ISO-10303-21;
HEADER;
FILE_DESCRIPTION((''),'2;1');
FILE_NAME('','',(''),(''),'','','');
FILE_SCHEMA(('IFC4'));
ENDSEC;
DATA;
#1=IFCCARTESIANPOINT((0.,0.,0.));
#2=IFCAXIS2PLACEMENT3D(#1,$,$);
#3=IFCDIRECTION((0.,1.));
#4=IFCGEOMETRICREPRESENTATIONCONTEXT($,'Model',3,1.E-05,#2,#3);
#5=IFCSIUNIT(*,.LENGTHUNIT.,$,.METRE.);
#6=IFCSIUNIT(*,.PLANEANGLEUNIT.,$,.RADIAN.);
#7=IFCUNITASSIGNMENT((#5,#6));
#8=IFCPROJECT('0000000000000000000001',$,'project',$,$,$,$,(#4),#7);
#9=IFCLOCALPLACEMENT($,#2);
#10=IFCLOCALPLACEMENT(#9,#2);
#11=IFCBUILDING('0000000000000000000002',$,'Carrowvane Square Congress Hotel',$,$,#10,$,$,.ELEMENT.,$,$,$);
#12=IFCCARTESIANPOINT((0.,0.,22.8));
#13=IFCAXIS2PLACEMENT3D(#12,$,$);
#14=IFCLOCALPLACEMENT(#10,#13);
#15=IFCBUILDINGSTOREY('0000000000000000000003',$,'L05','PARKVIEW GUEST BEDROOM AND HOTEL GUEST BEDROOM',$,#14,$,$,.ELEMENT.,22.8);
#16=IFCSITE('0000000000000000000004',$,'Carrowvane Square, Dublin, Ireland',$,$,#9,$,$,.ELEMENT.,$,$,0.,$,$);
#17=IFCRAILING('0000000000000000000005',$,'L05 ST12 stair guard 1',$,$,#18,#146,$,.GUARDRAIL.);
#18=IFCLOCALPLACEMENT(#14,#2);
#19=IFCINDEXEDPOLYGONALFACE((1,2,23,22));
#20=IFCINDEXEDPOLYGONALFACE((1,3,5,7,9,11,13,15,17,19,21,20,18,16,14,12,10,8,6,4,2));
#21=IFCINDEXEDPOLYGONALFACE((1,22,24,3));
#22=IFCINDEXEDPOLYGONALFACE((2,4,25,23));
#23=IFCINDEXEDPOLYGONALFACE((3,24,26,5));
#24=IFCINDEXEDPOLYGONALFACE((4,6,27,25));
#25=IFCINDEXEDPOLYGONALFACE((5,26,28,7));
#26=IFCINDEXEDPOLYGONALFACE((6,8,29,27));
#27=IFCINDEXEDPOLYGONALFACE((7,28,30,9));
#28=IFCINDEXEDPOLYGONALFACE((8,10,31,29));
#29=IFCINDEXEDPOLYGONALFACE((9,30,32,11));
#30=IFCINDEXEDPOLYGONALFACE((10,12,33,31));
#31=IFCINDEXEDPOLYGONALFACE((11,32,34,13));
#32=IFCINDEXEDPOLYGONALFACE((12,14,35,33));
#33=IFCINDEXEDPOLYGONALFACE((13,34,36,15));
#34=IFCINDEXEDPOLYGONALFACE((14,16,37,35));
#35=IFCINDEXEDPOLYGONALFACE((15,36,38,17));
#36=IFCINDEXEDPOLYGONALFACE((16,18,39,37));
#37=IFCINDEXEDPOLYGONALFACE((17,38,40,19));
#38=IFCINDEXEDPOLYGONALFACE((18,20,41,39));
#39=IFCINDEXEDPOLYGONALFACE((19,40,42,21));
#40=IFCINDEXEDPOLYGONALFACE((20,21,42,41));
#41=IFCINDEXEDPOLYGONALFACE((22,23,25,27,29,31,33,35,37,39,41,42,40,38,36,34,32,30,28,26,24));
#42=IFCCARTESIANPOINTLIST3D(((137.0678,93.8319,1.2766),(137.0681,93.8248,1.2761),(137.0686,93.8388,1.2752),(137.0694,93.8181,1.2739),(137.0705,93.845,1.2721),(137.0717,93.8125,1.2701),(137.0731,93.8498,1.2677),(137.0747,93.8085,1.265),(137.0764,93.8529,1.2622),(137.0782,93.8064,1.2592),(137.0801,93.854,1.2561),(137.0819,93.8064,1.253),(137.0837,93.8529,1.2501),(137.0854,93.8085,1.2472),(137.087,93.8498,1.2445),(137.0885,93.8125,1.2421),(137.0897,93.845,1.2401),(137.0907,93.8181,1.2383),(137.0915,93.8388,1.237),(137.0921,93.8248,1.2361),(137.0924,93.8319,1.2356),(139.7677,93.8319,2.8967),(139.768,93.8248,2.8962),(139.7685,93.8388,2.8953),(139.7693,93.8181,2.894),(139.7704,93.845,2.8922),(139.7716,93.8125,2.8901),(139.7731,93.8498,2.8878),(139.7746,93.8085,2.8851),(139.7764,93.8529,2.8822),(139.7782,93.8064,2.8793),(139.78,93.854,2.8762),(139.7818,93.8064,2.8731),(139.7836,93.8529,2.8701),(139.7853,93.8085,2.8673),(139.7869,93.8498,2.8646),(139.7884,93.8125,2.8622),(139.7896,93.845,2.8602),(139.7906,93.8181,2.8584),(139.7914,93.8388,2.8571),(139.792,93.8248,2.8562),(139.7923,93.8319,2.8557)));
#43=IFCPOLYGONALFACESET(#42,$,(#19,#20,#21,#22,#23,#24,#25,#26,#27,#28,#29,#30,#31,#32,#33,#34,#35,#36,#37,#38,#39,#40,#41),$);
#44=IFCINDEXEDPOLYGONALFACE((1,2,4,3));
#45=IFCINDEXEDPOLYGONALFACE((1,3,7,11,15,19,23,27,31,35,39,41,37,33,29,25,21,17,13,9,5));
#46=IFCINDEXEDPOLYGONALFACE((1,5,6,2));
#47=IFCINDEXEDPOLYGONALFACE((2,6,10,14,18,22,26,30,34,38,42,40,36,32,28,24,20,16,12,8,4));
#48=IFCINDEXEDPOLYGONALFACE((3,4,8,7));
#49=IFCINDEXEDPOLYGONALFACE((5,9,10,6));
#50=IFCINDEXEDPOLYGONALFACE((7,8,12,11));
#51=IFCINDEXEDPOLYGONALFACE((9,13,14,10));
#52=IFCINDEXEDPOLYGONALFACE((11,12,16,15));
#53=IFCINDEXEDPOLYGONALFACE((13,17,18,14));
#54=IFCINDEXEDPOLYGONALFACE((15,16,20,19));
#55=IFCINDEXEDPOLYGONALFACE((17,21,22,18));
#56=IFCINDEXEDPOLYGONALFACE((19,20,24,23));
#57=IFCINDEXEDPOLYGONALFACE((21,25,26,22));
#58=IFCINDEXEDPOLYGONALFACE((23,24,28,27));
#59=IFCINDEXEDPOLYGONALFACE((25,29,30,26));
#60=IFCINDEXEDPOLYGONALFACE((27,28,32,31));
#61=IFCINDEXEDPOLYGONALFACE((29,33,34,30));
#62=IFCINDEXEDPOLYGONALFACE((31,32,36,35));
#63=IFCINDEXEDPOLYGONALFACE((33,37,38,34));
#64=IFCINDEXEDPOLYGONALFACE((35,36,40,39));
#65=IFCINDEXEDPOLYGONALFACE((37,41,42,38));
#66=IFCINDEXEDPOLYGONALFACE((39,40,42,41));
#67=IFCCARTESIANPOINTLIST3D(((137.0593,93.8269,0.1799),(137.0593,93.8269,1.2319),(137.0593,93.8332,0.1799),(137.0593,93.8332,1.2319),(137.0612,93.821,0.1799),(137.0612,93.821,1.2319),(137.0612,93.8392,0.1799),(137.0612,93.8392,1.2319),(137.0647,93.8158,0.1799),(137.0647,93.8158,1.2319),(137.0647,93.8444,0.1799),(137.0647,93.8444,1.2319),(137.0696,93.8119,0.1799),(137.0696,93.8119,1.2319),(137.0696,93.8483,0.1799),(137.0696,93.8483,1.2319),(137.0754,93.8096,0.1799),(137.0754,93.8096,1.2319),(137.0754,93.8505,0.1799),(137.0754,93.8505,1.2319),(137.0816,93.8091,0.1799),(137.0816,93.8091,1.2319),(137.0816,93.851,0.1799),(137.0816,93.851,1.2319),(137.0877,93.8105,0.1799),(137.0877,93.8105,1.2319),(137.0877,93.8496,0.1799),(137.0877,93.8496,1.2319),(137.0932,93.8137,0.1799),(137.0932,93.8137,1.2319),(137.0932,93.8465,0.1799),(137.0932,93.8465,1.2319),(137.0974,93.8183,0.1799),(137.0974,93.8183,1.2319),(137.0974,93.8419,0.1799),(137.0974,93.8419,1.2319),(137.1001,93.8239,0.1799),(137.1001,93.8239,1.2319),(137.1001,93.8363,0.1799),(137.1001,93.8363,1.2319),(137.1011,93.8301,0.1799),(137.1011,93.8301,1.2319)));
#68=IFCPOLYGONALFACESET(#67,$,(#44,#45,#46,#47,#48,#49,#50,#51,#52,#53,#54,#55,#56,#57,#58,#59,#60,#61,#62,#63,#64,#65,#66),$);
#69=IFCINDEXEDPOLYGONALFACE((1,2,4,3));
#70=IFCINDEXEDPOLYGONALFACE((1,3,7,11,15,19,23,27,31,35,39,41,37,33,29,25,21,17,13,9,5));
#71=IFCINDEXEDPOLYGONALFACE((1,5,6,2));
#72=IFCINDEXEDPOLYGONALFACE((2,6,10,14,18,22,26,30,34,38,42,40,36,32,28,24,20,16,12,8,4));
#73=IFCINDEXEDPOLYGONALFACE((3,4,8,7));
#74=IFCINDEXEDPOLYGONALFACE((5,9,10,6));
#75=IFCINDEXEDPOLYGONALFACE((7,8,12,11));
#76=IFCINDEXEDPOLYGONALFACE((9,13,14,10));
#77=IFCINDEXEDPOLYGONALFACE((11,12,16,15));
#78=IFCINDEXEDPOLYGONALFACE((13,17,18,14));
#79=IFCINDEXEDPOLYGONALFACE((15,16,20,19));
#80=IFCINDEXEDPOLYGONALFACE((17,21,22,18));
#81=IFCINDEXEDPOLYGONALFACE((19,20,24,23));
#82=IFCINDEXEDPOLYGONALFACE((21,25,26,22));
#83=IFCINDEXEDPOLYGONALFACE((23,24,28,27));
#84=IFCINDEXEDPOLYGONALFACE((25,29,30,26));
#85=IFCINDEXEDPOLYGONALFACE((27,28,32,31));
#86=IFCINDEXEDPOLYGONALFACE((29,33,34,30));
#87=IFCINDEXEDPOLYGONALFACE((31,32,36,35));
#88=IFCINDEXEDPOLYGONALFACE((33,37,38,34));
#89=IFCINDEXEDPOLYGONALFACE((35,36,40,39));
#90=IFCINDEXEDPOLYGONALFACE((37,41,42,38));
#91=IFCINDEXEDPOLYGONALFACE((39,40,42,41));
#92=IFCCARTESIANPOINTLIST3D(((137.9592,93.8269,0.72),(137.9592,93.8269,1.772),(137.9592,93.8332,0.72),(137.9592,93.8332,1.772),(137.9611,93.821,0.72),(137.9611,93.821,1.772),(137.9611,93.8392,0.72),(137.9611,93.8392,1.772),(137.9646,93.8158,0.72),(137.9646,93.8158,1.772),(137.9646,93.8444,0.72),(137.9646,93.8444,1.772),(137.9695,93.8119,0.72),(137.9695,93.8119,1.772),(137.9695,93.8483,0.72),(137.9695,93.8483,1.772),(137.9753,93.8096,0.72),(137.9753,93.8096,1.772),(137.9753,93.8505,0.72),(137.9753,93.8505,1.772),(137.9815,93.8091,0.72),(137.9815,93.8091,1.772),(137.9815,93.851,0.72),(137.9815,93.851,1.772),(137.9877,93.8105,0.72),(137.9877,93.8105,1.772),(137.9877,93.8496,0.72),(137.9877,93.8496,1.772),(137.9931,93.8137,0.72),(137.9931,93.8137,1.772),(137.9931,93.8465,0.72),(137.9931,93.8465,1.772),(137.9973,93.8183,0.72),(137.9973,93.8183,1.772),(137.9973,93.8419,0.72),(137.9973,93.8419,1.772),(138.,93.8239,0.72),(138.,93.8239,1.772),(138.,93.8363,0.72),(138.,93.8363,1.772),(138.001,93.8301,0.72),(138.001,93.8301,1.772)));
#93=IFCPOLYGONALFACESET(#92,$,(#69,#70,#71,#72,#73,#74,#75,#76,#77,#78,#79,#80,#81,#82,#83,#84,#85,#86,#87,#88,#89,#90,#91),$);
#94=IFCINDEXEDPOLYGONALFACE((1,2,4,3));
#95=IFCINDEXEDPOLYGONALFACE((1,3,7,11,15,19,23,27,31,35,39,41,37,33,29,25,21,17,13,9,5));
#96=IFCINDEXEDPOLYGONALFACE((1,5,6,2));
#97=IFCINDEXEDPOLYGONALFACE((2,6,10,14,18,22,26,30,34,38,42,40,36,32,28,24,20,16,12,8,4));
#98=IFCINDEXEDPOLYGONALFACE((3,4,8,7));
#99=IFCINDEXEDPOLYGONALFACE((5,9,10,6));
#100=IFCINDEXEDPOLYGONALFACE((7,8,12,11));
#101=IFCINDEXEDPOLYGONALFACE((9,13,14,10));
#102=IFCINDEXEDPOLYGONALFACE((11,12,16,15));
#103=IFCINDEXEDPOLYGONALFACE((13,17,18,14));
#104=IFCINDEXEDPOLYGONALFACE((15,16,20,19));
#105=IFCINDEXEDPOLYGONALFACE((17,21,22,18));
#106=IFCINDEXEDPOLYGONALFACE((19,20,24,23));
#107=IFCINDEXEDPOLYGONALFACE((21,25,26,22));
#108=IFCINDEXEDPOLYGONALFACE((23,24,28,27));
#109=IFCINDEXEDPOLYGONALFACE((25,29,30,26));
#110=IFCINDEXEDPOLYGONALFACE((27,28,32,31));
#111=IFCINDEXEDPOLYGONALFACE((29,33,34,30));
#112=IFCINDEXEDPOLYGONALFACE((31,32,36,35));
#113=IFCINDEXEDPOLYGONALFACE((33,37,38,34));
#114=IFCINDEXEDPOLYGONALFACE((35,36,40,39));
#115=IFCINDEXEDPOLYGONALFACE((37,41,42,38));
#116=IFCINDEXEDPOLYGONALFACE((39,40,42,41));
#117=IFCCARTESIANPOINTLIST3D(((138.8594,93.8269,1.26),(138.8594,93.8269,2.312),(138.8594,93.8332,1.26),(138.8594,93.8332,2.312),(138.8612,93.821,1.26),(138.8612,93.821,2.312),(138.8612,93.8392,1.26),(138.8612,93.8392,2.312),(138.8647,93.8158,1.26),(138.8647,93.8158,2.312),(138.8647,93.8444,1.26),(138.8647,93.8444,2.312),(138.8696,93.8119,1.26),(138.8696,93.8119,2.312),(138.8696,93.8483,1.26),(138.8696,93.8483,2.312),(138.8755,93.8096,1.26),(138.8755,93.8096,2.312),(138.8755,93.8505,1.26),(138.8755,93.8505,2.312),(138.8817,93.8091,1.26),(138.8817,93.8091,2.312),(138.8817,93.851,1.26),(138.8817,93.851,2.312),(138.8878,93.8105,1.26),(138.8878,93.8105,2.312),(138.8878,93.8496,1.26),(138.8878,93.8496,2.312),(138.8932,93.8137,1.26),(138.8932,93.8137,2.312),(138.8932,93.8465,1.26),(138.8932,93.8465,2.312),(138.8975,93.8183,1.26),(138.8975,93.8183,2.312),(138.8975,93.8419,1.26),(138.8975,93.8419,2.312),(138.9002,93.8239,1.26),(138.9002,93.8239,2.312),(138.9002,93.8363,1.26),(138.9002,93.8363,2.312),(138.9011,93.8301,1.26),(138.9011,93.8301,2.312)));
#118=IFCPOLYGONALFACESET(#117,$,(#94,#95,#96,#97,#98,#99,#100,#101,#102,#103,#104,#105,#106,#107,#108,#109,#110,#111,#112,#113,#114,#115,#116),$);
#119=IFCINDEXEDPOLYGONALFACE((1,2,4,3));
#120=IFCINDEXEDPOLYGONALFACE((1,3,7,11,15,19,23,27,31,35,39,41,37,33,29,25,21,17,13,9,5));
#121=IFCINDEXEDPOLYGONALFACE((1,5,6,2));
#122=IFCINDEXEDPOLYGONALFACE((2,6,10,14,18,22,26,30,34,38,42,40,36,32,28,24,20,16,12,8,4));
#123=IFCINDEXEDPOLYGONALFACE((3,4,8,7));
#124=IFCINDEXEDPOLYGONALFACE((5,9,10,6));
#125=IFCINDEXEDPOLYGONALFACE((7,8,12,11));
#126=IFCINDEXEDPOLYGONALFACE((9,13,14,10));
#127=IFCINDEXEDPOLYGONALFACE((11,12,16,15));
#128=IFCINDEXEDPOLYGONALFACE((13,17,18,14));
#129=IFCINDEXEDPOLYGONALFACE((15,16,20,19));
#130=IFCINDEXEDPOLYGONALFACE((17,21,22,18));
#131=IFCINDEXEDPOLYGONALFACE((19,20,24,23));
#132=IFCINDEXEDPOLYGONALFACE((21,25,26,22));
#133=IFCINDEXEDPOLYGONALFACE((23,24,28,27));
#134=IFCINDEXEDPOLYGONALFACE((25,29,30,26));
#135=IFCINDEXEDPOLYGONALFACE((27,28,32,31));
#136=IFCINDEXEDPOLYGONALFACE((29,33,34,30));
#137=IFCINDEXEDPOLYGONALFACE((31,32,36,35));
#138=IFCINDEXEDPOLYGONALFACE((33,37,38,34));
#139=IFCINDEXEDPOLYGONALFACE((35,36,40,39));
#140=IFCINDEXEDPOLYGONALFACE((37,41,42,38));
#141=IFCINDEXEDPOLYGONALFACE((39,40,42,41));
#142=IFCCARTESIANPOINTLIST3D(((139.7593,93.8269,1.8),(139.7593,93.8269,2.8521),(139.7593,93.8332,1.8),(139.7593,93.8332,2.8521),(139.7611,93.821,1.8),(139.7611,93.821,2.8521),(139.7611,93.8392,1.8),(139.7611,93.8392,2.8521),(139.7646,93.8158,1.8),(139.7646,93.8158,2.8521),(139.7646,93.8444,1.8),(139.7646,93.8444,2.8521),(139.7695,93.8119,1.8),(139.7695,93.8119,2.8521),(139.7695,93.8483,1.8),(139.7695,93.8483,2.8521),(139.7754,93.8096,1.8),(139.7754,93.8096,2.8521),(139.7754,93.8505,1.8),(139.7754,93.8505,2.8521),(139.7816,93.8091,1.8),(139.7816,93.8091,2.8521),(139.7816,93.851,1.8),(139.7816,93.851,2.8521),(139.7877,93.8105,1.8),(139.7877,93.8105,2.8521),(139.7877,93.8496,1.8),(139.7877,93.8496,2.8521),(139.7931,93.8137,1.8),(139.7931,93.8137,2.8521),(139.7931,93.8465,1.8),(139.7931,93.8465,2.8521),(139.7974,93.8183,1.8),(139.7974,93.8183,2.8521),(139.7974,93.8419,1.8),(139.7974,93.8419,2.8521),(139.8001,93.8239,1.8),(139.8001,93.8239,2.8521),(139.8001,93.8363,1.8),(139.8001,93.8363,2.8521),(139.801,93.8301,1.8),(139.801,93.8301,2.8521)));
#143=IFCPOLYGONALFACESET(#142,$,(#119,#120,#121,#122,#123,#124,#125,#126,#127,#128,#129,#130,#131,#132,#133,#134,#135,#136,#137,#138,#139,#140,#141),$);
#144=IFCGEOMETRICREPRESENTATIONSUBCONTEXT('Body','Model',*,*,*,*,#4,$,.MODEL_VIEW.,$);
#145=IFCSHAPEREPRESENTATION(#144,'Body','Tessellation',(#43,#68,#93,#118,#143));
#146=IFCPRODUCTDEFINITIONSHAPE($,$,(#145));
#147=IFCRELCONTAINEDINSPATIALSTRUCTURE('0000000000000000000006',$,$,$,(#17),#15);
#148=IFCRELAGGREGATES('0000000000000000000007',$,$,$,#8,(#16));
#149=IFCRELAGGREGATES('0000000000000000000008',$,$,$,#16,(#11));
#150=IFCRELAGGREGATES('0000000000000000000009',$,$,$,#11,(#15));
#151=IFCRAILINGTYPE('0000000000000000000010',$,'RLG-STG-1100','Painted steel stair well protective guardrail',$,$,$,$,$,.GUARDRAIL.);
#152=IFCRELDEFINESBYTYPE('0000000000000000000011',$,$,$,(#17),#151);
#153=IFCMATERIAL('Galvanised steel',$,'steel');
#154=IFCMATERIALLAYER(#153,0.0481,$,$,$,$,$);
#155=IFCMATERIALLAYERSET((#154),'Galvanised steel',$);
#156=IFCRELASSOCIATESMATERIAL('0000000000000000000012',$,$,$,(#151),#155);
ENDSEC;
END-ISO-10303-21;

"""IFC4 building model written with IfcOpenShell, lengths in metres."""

from ifc_helpers import new_model, si_unit, direction, frame, origin, origin_2d, place, context, subcontext, project, spatial, circle, extrude, material, layer, layer_set, type_object, element, save


model = new_model("IFC4")

# Units and contexts
model_context = context("Model", 3, precision=1e-05, world=origin(), true_north=direction((0.0, 1.0)))
body_context = subcontext(model_context, "Body", "Model", "MODEL_VIEW")
ifc_project = project(units=[si_unit("LENGTHUNIT", "METRE"), si_unit("PLANEANGLEUNIT", "RADIAN")], contexts=[model_context])

# Site, building, storey
site_placement = place(None, origin())
site = spatial("IfcSite", under=ifc_project, at=site_placement, Name="Carrowvane Square, Dublin, Ireland", CompositionType="ELEMENT", RefElevation=0.0)
building_placement = place(site_placement, origin())
building = spatial("IfcBuilding", under=site, at=building_placement, Name="Carrowvane Square Congress Hotel", CompositionType="ELEMENT")
storey_placement = place(building_placement, frame((0.0, 0.0, 22.8)))
storey = spatial("IfcBuildingStorey", under=building, at=storey_placement, Name="L05", Description="PARKVIEW GUEST BEDROOM AND HOTEL GUEST BEDROOM", CompositionType="ELEMENT", Elevation=22.8)

# Railing
ifc_material_1 = material(Name="Galvanised steel", Category="steel")
ifc_layer_1 = layer(ifc_material_1, 0.0481)
ifc_layer_set_1 = layer_set([ifc_layer_1], Name="Galvanised steel")
railing_type_1 = type_object("IfcRailingType", Name="RLG-STG-1100", Description="Painted steel stair well protective guardrail", PredefinedType="GUARDRAIL", material=ifc_layer_set_1)
railing_1_placement = place(storey_placement, frame((137.0801, 93.8301, 0.1799)))
element("IfcRailing", 1, at=railing_1_placement, inside=storey, type_object=railing_type_1, Name="L05 ST12 stair guard 1", PredefinedType="GUARDRAIL", context=body_context, shape_type="SweptSolid", body=[
    extrude(circle(Radius=0.0239, at=origin_2d()), frame((0.0, 0.0, 1.0762), z_axis=(0.857472, 0.0, 0.51453), x_axis=(0.0, 1.0, 0.0)), (0.0, 0.0, 1.0), 3.1487),
    extrude(circle(Radius=0.021, at=origin_2d()), origin(), (0.0, 0.0, 1.0), 1.052),
    extrude(circle(Radius=0.021, at=origin_2d()), frame((0.8999, 0.0, 0.54)), (0.0, 0.0, 1.0), 1.052),
    extrude(circle(Radius=0.021, at=origin_2d()), frame((1.8, 0.0, 1.0801)), (0.0, 0.0, 1.0), 1.052),
    extrude(circle(Radius=0.021, at=origin_2d()), frame((2.7, 0.0, 1.6201)), (0.0, 0.0, 1.0), 1.052),
])

save(model, "model.ifc")
